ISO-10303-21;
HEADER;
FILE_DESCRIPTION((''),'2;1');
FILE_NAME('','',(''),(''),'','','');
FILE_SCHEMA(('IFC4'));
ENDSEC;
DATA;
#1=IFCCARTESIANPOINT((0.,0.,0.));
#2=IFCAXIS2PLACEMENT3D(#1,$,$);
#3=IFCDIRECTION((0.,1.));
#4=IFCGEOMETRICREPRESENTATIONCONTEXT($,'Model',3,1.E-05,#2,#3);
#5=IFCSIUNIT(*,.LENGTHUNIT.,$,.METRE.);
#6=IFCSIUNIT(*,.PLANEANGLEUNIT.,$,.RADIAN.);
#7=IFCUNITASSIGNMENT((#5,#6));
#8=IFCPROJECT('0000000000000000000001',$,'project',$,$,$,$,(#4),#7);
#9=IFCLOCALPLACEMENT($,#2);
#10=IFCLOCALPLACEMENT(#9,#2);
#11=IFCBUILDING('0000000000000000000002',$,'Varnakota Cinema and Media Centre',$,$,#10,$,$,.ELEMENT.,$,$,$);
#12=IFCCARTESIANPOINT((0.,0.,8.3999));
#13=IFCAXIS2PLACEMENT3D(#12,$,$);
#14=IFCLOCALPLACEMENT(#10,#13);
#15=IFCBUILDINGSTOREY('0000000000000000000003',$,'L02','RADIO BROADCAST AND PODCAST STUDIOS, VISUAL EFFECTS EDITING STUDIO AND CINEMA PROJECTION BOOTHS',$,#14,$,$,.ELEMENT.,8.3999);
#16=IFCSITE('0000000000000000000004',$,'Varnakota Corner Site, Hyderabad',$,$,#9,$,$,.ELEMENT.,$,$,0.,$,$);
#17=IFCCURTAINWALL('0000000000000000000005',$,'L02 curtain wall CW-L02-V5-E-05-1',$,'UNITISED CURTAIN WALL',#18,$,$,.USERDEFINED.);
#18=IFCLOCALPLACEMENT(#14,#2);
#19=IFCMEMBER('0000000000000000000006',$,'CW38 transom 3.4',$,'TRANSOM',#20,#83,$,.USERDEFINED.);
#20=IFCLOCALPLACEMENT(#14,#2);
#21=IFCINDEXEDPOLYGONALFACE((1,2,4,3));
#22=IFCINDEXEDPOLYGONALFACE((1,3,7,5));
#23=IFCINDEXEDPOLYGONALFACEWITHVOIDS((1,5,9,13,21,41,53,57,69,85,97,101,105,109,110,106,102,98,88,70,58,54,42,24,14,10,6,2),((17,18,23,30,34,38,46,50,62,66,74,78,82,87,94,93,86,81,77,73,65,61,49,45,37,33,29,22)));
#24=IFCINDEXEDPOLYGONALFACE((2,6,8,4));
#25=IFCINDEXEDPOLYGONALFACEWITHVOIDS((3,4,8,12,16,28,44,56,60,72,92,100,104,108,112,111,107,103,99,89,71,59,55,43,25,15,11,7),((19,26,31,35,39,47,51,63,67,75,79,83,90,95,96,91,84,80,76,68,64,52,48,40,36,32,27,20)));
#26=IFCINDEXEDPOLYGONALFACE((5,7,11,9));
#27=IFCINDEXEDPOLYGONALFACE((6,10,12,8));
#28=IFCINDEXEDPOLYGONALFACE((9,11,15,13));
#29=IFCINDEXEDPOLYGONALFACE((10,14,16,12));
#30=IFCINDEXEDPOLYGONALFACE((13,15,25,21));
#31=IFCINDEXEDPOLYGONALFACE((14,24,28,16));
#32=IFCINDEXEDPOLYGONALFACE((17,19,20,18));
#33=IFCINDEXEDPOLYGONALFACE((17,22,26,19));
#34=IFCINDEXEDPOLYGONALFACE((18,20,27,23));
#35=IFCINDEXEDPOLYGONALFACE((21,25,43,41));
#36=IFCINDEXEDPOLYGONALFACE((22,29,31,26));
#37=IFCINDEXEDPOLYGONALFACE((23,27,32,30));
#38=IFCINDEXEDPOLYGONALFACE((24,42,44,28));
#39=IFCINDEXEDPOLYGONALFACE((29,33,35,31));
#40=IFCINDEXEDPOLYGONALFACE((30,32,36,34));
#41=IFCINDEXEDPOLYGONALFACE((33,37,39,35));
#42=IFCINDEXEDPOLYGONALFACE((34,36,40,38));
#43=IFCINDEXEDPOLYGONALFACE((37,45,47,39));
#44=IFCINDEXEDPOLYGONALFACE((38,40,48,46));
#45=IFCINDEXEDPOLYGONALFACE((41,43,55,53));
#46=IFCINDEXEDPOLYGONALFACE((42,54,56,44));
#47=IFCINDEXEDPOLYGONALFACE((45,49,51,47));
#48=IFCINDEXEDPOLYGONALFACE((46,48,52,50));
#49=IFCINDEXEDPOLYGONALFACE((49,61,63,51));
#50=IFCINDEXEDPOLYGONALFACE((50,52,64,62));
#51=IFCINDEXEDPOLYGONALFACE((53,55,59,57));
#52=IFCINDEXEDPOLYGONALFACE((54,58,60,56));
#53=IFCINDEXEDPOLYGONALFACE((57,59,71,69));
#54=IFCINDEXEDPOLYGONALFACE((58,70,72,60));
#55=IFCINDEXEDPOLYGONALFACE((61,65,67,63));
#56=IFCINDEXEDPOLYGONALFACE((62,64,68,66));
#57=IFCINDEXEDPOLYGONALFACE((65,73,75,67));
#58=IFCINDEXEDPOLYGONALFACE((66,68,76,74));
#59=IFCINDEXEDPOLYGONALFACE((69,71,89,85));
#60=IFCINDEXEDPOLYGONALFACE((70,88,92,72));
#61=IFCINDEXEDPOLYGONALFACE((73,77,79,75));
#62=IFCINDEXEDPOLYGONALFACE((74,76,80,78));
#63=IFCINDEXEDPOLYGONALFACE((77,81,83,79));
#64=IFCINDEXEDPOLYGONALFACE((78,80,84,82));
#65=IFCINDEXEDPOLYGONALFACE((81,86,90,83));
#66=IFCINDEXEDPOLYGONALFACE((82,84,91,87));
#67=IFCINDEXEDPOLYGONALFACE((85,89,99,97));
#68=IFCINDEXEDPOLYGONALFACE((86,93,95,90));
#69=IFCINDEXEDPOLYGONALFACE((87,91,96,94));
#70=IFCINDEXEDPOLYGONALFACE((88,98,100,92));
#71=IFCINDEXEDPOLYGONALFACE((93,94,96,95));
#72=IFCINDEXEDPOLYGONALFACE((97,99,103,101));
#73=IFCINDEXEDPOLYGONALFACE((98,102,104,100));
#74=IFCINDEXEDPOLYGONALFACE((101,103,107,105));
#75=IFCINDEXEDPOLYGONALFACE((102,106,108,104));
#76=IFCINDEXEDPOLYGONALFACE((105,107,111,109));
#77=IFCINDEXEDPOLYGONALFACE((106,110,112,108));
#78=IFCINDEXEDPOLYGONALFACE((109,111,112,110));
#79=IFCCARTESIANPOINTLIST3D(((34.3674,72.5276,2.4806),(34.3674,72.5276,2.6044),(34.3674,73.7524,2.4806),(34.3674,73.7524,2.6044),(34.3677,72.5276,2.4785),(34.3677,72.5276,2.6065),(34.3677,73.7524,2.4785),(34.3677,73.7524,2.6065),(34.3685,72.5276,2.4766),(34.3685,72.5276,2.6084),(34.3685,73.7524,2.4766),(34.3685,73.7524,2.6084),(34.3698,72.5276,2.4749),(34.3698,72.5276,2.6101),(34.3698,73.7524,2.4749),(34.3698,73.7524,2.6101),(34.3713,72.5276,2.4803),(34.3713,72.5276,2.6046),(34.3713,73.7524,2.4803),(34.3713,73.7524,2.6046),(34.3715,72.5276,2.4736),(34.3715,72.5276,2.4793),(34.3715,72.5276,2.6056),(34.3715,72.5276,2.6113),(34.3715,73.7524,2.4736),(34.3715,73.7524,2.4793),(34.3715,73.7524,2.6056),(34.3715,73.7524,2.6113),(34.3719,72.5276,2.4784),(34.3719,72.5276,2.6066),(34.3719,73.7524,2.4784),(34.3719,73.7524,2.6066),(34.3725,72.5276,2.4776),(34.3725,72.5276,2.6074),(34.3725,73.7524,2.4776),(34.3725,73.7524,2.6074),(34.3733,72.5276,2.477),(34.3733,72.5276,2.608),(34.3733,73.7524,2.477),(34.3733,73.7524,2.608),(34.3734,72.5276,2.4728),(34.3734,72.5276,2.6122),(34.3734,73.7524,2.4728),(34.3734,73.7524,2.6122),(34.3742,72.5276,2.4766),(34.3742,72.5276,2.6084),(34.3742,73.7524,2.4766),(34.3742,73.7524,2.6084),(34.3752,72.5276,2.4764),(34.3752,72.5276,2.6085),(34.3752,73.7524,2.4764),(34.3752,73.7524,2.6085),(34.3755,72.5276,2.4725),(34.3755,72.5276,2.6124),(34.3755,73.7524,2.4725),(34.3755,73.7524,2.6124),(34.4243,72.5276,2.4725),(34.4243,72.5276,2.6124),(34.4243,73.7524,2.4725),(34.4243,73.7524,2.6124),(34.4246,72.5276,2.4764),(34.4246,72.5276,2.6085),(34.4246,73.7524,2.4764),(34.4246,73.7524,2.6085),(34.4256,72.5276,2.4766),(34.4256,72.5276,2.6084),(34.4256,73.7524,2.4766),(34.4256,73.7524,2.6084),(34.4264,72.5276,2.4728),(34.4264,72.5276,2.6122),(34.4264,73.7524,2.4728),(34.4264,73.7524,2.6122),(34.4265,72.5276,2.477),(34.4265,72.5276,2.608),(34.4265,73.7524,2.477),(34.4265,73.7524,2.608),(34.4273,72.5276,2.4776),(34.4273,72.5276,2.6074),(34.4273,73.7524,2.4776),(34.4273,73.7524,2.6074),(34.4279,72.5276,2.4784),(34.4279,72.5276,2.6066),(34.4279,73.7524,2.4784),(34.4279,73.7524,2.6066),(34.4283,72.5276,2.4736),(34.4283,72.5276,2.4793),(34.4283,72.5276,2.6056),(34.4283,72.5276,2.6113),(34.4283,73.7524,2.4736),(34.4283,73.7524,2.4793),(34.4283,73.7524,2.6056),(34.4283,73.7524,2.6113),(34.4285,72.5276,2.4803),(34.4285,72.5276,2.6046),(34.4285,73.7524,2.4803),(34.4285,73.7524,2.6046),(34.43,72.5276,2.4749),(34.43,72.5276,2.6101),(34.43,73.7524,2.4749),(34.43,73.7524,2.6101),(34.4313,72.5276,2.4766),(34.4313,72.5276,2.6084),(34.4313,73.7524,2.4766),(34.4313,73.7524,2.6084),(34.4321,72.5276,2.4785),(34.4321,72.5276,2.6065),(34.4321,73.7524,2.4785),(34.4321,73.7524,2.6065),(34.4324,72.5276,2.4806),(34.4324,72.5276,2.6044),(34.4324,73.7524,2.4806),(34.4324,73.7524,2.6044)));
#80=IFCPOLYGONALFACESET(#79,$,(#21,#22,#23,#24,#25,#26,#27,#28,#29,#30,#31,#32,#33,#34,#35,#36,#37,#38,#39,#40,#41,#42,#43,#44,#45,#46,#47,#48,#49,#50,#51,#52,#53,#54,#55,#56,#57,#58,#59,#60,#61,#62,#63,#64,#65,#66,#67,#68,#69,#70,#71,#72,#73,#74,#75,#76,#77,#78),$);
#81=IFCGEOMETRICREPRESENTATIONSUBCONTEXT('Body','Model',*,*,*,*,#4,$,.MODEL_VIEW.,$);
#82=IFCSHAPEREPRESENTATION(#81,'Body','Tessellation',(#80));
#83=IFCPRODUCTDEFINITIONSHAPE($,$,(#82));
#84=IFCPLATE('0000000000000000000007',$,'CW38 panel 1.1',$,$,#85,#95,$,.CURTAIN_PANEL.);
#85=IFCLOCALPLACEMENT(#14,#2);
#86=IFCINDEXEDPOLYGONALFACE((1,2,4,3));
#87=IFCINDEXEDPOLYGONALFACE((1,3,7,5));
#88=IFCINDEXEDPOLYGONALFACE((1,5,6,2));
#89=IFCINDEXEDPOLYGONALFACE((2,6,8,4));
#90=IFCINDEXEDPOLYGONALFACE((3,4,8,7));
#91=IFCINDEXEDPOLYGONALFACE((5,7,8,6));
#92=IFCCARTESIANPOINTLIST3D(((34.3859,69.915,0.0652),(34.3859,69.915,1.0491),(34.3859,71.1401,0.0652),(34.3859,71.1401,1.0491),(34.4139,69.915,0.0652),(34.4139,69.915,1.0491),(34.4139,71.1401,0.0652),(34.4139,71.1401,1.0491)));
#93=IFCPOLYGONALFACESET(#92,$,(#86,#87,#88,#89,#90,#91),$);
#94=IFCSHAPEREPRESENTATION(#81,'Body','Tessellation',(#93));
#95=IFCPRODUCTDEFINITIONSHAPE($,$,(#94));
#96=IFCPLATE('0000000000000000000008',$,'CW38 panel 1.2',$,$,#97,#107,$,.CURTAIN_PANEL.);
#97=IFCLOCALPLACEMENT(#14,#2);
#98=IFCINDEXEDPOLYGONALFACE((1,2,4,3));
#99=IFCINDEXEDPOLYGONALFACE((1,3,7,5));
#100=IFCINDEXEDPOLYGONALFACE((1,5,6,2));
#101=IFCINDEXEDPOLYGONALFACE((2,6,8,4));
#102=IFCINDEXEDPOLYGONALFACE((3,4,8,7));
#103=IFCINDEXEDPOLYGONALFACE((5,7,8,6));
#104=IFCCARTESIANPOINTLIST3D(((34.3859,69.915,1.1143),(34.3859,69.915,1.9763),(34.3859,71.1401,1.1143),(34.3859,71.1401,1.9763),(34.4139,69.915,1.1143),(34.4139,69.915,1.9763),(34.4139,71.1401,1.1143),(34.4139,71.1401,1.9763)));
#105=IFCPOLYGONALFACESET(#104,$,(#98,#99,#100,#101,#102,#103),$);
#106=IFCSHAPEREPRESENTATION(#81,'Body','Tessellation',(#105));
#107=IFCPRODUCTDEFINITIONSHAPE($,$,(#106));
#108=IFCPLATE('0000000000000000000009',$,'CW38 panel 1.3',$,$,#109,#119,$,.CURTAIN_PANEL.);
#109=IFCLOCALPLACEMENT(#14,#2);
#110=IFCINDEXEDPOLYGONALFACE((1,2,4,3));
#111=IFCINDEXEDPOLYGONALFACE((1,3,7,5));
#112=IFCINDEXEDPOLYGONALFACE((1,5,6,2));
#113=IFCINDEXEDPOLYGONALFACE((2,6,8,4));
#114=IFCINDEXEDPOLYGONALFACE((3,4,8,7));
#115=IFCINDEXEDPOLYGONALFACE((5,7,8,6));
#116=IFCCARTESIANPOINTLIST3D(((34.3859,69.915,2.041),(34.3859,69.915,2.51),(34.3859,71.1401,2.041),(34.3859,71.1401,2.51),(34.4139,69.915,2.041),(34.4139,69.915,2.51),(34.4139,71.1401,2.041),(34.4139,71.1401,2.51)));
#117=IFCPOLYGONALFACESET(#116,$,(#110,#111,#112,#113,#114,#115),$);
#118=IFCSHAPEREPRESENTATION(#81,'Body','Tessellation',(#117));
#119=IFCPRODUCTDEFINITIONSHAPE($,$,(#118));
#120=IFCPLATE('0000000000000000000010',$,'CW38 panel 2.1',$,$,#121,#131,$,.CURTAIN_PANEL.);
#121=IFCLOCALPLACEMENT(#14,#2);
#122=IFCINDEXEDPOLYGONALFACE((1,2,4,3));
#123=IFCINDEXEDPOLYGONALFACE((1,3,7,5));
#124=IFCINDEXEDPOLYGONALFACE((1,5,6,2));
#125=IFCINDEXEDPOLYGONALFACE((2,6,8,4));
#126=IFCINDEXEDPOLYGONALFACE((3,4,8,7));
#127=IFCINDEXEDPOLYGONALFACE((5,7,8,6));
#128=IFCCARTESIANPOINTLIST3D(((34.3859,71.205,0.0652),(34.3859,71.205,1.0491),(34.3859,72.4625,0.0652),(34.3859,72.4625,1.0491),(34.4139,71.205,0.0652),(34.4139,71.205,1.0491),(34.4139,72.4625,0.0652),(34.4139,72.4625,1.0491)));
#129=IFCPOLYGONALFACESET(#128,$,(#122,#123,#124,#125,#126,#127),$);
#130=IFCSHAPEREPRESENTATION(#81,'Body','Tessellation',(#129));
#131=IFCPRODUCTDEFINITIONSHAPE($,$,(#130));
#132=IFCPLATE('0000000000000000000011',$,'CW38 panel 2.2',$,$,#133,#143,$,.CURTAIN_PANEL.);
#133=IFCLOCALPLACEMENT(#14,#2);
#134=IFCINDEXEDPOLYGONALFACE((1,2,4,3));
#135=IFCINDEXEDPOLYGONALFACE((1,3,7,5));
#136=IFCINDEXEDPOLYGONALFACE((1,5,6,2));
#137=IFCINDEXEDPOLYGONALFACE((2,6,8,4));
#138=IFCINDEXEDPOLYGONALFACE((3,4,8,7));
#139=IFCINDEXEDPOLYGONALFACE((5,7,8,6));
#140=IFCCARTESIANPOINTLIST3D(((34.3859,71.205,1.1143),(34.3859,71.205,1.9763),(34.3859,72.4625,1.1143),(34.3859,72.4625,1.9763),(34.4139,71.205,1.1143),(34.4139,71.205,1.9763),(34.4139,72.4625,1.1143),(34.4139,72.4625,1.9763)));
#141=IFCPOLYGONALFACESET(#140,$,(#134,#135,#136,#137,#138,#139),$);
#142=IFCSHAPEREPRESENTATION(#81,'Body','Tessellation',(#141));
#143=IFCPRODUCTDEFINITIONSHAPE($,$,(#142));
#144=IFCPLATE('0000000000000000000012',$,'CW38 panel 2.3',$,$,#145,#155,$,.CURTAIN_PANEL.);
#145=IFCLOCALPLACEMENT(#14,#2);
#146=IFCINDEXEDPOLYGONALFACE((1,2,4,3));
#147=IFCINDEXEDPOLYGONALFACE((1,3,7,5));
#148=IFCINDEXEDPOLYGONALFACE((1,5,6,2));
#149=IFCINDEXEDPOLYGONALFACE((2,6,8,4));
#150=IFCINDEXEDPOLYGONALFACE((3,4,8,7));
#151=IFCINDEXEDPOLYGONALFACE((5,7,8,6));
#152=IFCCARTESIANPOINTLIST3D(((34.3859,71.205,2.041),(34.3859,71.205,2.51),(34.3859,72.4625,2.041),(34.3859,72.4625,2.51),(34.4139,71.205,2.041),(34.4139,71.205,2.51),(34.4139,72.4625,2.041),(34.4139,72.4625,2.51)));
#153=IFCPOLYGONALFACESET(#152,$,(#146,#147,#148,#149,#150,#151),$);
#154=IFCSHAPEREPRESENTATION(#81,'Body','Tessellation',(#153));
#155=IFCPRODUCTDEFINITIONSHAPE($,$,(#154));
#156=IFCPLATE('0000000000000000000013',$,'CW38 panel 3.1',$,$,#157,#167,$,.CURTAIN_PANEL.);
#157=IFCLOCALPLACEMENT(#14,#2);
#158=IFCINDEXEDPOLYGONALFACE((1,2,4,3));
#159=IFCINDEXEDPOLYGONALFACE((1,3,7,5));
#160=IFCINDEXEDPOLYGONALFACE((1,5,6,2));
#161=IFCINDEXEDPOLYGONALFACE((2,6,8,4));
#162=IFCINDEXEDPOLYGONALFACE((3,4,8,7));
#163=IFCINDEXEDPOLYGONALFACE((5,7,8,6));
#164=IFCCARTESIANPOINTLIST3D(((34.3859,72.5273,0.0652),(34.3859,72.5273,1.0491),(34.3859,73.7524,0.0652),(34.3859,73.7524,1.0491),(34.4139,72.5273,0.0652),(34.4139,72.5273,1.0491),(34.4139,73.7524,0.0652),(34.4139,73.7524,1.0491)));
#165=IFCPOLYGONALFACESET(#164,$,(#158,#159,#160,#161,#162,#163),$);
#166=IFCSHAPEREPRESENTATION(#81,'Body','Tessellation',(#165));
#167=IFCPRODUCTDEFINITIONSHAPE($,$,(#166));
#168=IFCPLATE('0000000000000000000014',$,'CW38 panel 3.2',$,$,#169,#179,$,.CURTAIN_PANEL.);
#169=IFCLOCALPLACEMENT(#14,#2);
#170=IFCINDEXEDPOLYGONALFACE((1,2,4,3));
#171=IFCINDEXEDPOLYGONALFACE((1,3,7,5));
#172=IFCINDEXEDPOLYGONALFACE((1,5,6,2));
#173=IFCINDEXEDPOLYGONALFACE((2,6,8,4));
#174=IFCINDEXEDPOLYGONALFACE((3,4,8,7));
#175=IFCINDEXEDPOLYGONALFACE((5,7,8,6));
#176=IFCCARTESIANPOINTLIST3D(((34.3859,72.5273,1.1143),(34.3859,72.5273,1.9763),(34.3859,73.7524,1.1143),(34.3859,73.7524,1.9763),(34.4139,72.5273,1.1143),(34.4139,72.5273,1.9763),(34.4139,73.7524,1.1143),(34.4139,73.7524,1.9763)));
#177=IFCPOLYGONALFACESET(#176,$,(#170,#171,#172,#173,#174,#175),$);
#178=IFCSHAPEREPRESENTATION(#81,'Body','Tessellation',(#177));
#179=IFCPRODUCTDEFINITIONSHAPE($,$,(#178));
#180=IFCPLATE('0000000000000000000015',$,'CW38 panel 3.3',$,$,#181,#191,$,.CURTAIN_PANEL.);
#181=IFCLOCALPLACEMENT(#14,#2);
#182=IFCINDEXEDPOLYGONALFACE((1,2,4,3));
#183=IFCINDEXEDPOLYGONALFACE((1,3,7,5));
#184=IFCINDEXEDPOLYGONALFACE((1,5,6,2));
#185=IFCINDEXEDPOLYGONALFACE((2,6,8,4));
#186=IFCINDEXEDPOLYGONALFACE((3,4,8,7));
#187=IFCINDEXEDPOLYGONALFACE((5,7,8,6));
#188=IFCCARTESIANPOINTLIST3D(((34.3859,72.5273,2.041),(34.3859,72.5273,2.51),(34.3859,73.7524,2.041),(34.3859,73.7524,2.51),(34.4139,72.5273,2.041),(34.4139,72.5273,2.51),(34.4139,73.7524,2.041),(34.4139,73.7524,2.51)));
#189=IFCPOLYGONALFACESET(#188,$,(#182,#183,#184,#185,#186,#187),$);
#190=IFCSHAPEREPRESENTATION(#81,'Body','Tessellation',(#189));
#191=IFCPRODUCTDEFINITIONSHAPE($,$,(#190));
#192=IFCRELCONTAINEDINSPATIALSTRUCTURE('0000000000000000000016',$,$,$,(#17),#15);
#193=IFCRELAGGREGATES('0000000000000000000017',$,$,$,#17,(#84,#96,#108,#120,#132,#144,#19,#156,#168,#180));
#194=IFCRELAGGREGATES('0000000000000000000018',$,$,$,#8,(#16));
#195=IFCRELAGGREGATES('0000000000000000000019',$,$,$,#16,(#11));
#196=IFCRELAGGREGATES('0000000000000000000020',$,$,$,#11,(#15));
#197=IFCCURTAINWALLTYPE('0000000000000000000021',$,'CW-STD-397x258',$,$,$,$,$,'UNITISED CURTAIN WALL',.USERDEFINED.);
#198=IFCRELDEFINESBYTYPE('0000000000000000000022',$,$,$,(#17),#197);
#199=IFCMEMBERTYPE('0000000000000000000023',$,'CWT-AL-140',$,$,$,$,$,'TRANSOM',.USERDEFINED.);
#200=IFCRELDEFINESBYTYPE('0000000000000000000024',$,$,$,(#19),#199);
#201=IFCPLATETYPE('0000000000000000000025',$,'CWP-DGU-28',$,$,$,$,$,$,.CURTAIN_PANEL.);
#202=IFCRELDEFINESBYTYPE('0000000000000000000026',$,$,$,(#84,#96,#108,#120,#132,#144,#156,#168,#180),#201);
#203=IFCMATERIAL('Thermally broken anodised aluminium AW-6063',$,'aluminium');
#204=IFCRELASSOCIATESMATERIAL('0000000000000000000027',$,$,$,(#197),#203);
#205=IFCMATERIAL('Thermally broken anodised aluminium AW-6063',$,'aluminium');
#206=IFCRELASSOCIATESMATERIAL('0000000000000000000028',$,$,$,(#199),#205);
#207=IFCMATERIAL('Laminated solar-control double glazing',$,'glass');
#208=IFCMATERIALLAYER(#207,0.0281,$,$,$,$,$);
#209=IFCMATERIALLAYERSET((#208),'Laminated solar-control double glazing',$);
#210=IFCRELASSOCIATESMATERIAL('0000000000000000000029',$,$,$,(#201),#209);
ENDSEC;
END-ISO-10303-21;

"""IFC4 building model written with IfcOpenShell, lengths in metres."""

from ifc_helpers import new_model, si_unit, direction, frame, origin, origin_2d, place, context, subcontext, project, spatial, rectangle, hollow_rectangle, extrude, material, layer, layer_set, material_profile, profile_set, type_object, element, aggregate, save


model = new_model("IFC4")

# Units and contexts
model_context = context("Model", 3, precision=1e-05, world=origin(), true_north=direction((0.0, 1.0)))
body_context = subcontext(model_context, "Body", "Model", "MODEL_VIEW")
ifc_project = project(units=[si_unit("LENGTHUNIT", "METRE"), si_unit("PLANEANGLEUNIT", "RADIAN")], contexts=[model_context])

# Site, building, storey
site_placement = place(None, origin())
site = spatial("IfcSite", under=ifc_project, at=site_placement, Name="Varnakota Corner Site, Hyderabad", CompositionType="ELEMENT", RefElevation=0.0)
building_placement = place(site_placement, origin())
building = spatial("IfcBuilding", under=site, at=building_placement, Name="Varnakota Cinema and Media Centre", CompositionType="ELEMENT")
storey_placement = place(building_placement, frame((0.0, 0.0, 8.3999)))
storey = spatial("IfcBuildingStorey", under=building, at=storey_placement, Name="L02", Description="RADIO BROADCAST AND PODCAST STUDIOS, VISUAL EFFECTS EDITING STUDIO AND CINEMA PROJECTION BOOTHS", CompositionType="ELEMENT", Elevation=8.3999)

# Curtain wall, member, plates
ifc_material_1 = material(Name="Thermally broken anodised aluminium AW-6063", Category="aluminium")
curtain_wall_type = type_object("IfcCurtainWallType", Name="CW-STD-397x258", ElementType="UNITISED CURTAIN WALL", PredefinedType="USERDEFINED", material=ifc_material_1)
curtain_wall_placement = place(storey_placement, origin())
curtain_wall = element("IfcCurtainWall", 1, at=curtain_wall_placement, inside=storey, type_object=curtain_wall_type, Name="L02 curtain wall CW-L02-V5-E-05-1", ObjectType="UNITISED CURTAIN WALL", PredefinedType="USERDEFINED")
ifc_material_2 = material(Name="Thermally broken anodised aluminium AW-6063", Category="aluminium")
ifc_material_profile_1 = material_profile(ifc_material_2, hollow_rectangle(XDim=0.0649, YDim=0.1399, WallThickness=0.0039, InnerFilletRadius=0.0039, OuterFilletRadius=0.0081, at=origin_2d()), Name="AL-TRANSOM 140x65x4")
ifc_profile_set_1 = profile_set([ifc_material_profile_1], Name="Thermally broken anodised aluminium AW-6063")
member_type_1 = type_object("IfcMemberType", Name="CWT-AL-140", ElementType="TRANSOM", PredefinedType="USERDEFINED", material=ifc_profile_set_1)
member_1_placement = place(storey_placement, frame((34.3999, 72.5276, 2.5425), z_axis=(0.0, 1.0, 0.0), x_axis=(-1.0, 0.0, 0.0)))
member_1 = element("IfcMember", 2, at=member_1_placement, type_object=member_type_1, Name="CW38 transom 3.4", ObjectType="TRANSOM", PredefinedType="USERDEFINED", context=body_context, shape_type="SweptSolid", body=[
    extrude(hollow_rectangle(XDim=0.0649, YDim=0.1399, WallThickness=0.0039, InnerFilletRadius=0.0039, OuterFilletRadius=0.0081, at=origin_2d()), origin(), (0.0, 0.0, 1.0), 1.2249),
])
ifc_material_3 = material(Name="Laminated solar-control double glazing", Category="glass")
ifc_layer_1 = layer(ifc_material_3, 0.0281)
ifc_layer_set_1 = layer_set([ifc_layer_1], Name="Laminated solar-control double glazing")
plate_type = type_object("IfcPlateType", Name="CWP-DGU-28", PredefinedType="CURTAIN_PANEL", material=ifc_layer_set_1)
plate_1_placement = place(storey_placement, frame((34.3999, 70.5276, 0.0652), z_axis=(0.0, 0.0, 1.0), x_axis=(0.0, 1.0, 0.0)))
plate_1 = element("IfcPlate", 3, at=plate_1_placement, type_object=plate_type, Name="CW38 panel 1.1", PredefinedType="CURTAIN_PANEL", context=body_context, shape_type="SweptSolid", body=[
    extrude(rectangle(XDim=1.2251, YDim=0.0281, at=origin_2d()), origin(), (0.0, 0.0, 1.0), 0.9839),
])
plate_2_placement = place(storey_placement, frame((34.3999, 70.5276, 1.1143), z_axis=(0.0, 0.0, 1.0), x_axis=(0.0, 1.0, 0.0)))
plate_2 = element("IfcPlate", 4, at=plate_2_placement, type_object=plate_type, Name="CW38 panel 1.2", PredefinedType="CURTAIN_PANEL", context=body_context, shape_type="SweptSolid", body=[
    extrude(rectangle(XDim=1.2251, YDim=0.0281, at=origin_2d()), origin(), (0.0, 0.0, 1.0), 0.8621),
])
plate_3_placement = place(storey_placement, frame((34.3999, 70.5276, 2.041), z_axis=(0.0, 0.0, 1.0), x_axis=(0.0, 1.0, 0.0)))
plate_3 = element("IfcPlate", 5, at=plate_3_placement, type_object=plate_type, Name="CW38 panel 1.3", PredefinedType="CURTAIN_PANEL", context=body_context, shape_type="SweptSolid", body=[
    extrude(rectangle(XDim=1.2251, YDim=0.0281, at=origin_2d()), origin(), (0.0, 0.0, 1.0), 0.469),
])
plate_4_placement = place(storey_placement, frame((34.3999, 71.8337, 0.0652), z_axis=(0.0, 0.0, 1.0), x_axis=(0.0, 1.0, 0.0)))
plate_4 = element("IfcPlate", 6, at=plate_4_placement, type_object=plate_type, Name="CW38 panel 2.1", PredefinedType="CURTAIN_PANEL", context=body_context, shape_type="SweptSolid", body=[
    extrude(rectangle(XDim=1.2576, YDim=0.0281, at=origin_2d()), origin(), (0.0, 0.0, 1.0), 0.9839),
])
plate_5_placement = place(storey_placement, frame((34.3999, 71.8337, 1.1143), z_axis=(0.0, 0.0, 1.0), x_axis=(0.0, 1.0, 0.0)))
plate_5 = element("IfcPlate", 7, at=plate_5_placement, type_object=plate_type, Name="CW38 panel 2.2", PredefinedType="CURTAIN_PANEL", context=body_context, shape_type="SweptSolid", body=[
    extrude(rectangle(XDim=1.2576, YDim=0.0281, at=origin_2d()), origin(), (0.0, 0.0, 1.0), 0.8621),
])
plate_6_placement = place(storey_placement, frame((34.3999, 71.8337, 2.041), z_axis=(0.0, 0.0, 1.0), x_axis=(0.0, 1.0, 0.0)))
plate_6 = element("IfcPlate", 8, at=plate_6_placement, type_object=plate_type, Name="CW38 panel 2.3", PredefinedType="CURTAIN_PANEL", context=body_context, shape_type="SweptSolid", body=[
    extrude(rectangle(XDim=1.2576, YDim=0.0281, at=origin_2d()), origin(), (0.0, 0.0, 1.0), 0.469),
])
plate_7_placement = place(storey_placement, frame((34.3999, 73.1399, 0.0652), z_axis=(0.0, 0.0, 1.0), x_axis=(0.0, 1.0, 0.0)))
plate_7 = element("IfcPlate", 9, at=plate_7_placement, type_object=plate_type, Name="CW38 panel 3.1", PredefinedType="CURTAIN_PANEL", context=body_context, shape_type="SweptSolid", body=[
    extrude(rectangle(XDim=1.2251, YDim=0.0281, at=origin_2d()), origin(), (0.0, 0.0, 1.0), 0.9839),
])
plate_8_placement = place(storey_placement, frame((34.3999, 73.1399, 1.1143), z_axis=(0.0, 0.0, 1.0), x_axis=(0.0, 1.0, 0.0)))
plate_8 = element("IfcPlate", 10, at=plate_8_placement, type_object=plate_type, Name="CW38 panel 3.2", PredefinedType="CURTAIN_PANEL", context=body_context, shape_type="SweptSolid", body=[
    extrude(rectangle(XDim=1.2251, YDim=0.0281, at=origin_2d()), origin(), (0.0, 0.0, 1.0), 0.8621),
])
plate_9_placement = place(storey_placement, frame((34.3999, 73.1399, 2.041), z_axis=(0.0, 0.0, 1.0), x_axis=(0.0, 1.0, 0.0)))
plate_9 = element("IfcPlate", 11, at=plate_9_placement, type_object=plate_type, Name="CW38 panel 3.3", PredefinedType="CURTAIN_PANEL", context=body_context, shape_type="SweptSolid", body=[
    extrude(rectangle(XDim=1.2251, YDim=0.0281, at=origin_2d()), origin(), (0.0, 0.0, 1.0), 0.469),
])
aggregate(curtain_wall, [plate_1, plate_2, plate_3, plate_4, plate_5, plate_6, member_1, plate_7, plate_8, plate_9])

save(model, "model.ifc")
